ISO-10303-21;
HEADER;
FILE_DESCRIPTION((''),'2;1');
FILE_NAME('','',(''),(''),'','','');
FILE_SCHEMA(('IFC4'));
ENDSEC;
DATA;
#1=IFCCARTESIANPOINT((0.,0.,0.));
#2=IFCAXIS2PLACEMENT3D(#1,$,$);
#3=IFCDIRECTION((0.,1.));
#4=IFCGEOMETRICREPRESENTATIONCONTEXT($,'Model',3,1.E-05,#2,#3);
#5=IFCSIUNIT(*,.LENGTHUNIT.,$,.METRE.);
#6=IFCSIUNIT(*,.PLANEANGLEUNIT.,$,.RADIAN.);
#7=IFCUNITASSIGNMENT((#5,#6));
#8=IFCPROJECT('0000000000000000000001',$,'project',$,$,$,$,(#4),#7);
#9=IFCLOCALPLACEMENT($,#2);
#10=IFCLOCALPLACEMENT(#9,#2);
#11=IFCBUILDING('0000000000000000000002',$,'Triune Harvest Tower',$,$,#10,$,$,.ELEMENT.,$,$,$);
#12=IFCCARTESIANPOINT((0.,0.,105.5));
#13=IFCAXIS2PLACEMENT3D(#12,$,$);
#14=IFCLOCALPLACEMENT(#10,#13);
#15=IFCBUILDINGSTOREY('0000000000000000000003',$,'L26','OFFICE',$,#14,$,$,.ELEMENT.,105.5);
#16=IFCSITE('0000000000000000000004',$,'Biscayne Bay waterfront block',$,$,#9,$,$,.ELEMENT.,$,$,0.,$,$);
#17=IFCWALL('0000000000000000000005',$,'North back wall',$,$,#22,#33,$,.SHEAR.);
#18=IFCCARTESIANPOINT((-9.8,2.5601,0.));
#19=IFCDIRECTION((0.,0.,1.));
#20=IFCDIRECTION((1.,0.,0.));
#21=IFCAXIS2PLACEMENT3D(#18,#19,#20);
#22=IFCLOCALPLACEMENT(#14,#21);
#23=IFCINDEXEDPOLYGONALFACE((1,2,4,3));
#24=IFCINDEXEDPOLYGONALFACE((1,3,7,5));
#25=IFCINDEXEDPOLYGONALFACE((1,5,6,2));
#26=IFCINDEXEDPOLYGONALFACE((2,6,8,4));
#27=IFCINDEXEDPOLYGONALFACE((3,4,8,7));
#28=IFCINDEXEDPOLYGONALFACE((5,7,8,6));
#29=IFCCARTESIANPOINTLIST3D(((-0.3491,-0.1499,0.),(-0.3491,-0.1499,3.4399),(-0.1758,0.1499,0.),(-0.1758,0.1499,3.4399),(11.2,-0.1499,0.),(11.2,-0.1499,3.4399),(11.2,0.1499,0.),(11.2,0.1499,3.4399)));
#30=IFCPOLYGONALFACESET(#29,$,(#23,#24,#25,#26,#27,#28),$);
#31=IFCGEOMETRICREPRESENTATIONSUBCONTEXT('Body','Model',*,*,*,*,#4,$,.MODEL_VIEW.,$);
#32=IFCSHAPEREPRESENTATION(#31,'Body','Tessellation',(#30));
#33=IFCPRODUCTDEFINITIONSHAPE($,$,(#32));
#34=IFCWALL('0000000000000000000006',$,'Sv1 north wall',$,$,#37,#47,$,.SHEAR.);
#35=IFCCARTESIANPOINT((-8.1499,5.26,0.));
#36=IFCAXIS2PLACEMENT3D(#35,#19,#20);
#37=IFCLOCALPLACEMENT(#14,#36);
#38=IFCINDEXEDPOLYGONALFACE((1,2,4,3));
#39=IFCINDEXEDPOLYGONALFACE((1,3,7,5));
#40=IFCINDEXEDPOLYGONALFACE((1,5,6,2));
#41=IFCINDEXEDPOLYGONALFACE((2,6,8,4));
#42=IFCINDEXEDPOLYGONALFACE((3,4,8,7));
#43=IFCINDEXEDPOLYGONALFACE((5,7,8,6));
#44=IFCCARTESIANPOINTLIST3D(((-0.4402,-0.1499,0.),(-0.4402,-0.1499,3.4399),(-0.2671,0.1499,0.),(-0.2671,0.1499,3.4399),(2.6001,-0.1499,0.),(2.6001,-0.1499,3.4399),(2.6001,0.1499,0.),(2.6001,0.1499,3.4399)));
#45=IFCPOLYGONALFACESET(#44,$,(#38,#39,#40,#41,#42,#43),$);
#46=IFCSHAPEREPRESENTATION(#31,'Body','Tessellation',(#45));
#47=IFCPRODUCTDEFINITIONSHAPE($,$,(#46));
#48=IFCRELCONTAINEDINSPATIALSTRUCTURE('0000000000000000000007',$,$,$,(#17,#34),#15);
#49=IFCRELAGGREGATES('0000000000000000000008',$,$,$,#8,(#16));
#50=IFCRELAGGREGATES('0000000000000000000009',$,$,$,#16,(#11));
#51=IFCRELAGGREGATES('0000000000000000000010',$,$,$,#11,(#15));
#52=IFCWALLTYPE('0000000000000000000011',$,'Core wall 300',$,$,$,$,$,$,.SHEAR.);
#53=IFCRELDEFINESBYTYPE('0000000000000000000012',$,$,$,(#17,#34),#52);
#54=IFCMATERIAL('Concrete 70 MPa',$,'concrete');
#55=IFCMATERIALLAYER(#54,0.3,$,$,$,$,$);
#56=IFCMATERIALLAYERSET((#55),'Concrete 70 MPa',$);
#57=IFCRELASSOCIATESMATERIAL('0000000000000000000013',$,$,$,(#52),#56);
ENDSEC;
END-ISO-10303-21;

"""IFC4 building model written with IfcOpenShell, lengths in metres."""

from ifc_helpers import new_model, si_unit, direction, frame, origin, place, context, subcontext, project, spatial, polyline, outline, extrude, source, transform, mapped, material, layer, layer_set, type_object, element, save


model = new_model("IFC4")

# Units and contexts
model_context = context("Model", 3, precision=1e-05, world=origin(), true_north=direction((0.0, 1.0)))
body_context = subcontext(model_context, "Body", "Model", "MODEL_VIEW")
ifc_project = project(units=[si_unit("LENGTHUNIT", "METRE"), si_unit("PLANEANGLEUNIT", "RADIAN")], contexts=[model_context])

# Site, building, storey
site_placement = place(None, origin())
site = spatial("IfcSite", under=ifc_project, at=site_placement, Name="Biscayne Bay waterfront block", CompositionType="ELEMENT", RefElevation=0.0)
building_placement = place(site_placement, origin())
building = spatial("IfcBuilding", under=site, at=building_placement, Name="Triune Harvest Tower", CompositionType="ELEMENT")
storey_placement = place(building_placement, frame((0.0, 0.0, 105.5)))
storey = spatial("IfcBuildingStorey", under=building, at=storey_placement, Name="L26", Description="OFFICE", CompositionType="ELEMENT", Elevation=105.5)

# Shared definitions
ifc_material_1 = material(Name="Concrete 70 MPa", Category="concrete")
ifc_layer_1 = layer(ifc_material_1, 0.3)
ifc_layer_set_1 = layer_set([ifc_layer_1], Name="Concrete 70 MPa")
wall_type_1 = type_object("IfcWallType", Name="Core wall 300", PredefinedType="SHEAR", material=ifc_layer_set_1)

# Walls
shared_shape_1 = source(origin(), body_context, "Body", "SweptSolid", [
    extrude(outline(polyline([(11.2, -0.1499), (-0.3491, -0.1499), (-0.1758, 0.1499), (11.2, 0.1499), (11.2, -0.1499)])), origin(), (0.0, 0.0, 1.0), 3.4399),
])
wall_1_placement = place(storey_placement, frame((-9.8, 2.5601, 0.0), z_axis=(0.0, 0.0, 1.0), x_axis=(1.0, 0.0, 0.0)))
element("IfcWall", 1, at=wall_1_placement, inside=storey, type_object=wall_type_1, Name="North back wall", PredefinedType="SHEAR", context=body_context, shape_type="MappedRepresentation", body=[
    mapped(shared_shape_1, transform((0.0, 0.0, 0.0), scale=1.0)),
])
shared_shape_2 = source(origin(), body_context, "Body", "SweptSolid", [
    extrude(outline(polyline([(2.6001, -0.1499), (-0.4402, -0.1499), (-0.2671, 0.1499), (2.6001, 0.1499), (2.6001, -0.1499)])), origin(), (0.0, 0.0, 1.0), 3.4399),
])
wall_2_placement = place(storey_placement, frame((-8.1499, 5.26, 0.0), z_axis=(0.0, 0.0, 1.0), x_axis=(1.0, 0.0, 0.0)))
element("IfcWall", 2, at=wall_2_placement, inside=storey, type_object=wall_type_1, Name="Sv1 north wall", PredefinedType="SHEAR", context=body_context, shape_type="MappedRepresentation", body=[
    mapped(shared_shape_2, transform((0.0, 0.0, 0.0), scale=1.0)),
])

save(model, "model.ifc")
